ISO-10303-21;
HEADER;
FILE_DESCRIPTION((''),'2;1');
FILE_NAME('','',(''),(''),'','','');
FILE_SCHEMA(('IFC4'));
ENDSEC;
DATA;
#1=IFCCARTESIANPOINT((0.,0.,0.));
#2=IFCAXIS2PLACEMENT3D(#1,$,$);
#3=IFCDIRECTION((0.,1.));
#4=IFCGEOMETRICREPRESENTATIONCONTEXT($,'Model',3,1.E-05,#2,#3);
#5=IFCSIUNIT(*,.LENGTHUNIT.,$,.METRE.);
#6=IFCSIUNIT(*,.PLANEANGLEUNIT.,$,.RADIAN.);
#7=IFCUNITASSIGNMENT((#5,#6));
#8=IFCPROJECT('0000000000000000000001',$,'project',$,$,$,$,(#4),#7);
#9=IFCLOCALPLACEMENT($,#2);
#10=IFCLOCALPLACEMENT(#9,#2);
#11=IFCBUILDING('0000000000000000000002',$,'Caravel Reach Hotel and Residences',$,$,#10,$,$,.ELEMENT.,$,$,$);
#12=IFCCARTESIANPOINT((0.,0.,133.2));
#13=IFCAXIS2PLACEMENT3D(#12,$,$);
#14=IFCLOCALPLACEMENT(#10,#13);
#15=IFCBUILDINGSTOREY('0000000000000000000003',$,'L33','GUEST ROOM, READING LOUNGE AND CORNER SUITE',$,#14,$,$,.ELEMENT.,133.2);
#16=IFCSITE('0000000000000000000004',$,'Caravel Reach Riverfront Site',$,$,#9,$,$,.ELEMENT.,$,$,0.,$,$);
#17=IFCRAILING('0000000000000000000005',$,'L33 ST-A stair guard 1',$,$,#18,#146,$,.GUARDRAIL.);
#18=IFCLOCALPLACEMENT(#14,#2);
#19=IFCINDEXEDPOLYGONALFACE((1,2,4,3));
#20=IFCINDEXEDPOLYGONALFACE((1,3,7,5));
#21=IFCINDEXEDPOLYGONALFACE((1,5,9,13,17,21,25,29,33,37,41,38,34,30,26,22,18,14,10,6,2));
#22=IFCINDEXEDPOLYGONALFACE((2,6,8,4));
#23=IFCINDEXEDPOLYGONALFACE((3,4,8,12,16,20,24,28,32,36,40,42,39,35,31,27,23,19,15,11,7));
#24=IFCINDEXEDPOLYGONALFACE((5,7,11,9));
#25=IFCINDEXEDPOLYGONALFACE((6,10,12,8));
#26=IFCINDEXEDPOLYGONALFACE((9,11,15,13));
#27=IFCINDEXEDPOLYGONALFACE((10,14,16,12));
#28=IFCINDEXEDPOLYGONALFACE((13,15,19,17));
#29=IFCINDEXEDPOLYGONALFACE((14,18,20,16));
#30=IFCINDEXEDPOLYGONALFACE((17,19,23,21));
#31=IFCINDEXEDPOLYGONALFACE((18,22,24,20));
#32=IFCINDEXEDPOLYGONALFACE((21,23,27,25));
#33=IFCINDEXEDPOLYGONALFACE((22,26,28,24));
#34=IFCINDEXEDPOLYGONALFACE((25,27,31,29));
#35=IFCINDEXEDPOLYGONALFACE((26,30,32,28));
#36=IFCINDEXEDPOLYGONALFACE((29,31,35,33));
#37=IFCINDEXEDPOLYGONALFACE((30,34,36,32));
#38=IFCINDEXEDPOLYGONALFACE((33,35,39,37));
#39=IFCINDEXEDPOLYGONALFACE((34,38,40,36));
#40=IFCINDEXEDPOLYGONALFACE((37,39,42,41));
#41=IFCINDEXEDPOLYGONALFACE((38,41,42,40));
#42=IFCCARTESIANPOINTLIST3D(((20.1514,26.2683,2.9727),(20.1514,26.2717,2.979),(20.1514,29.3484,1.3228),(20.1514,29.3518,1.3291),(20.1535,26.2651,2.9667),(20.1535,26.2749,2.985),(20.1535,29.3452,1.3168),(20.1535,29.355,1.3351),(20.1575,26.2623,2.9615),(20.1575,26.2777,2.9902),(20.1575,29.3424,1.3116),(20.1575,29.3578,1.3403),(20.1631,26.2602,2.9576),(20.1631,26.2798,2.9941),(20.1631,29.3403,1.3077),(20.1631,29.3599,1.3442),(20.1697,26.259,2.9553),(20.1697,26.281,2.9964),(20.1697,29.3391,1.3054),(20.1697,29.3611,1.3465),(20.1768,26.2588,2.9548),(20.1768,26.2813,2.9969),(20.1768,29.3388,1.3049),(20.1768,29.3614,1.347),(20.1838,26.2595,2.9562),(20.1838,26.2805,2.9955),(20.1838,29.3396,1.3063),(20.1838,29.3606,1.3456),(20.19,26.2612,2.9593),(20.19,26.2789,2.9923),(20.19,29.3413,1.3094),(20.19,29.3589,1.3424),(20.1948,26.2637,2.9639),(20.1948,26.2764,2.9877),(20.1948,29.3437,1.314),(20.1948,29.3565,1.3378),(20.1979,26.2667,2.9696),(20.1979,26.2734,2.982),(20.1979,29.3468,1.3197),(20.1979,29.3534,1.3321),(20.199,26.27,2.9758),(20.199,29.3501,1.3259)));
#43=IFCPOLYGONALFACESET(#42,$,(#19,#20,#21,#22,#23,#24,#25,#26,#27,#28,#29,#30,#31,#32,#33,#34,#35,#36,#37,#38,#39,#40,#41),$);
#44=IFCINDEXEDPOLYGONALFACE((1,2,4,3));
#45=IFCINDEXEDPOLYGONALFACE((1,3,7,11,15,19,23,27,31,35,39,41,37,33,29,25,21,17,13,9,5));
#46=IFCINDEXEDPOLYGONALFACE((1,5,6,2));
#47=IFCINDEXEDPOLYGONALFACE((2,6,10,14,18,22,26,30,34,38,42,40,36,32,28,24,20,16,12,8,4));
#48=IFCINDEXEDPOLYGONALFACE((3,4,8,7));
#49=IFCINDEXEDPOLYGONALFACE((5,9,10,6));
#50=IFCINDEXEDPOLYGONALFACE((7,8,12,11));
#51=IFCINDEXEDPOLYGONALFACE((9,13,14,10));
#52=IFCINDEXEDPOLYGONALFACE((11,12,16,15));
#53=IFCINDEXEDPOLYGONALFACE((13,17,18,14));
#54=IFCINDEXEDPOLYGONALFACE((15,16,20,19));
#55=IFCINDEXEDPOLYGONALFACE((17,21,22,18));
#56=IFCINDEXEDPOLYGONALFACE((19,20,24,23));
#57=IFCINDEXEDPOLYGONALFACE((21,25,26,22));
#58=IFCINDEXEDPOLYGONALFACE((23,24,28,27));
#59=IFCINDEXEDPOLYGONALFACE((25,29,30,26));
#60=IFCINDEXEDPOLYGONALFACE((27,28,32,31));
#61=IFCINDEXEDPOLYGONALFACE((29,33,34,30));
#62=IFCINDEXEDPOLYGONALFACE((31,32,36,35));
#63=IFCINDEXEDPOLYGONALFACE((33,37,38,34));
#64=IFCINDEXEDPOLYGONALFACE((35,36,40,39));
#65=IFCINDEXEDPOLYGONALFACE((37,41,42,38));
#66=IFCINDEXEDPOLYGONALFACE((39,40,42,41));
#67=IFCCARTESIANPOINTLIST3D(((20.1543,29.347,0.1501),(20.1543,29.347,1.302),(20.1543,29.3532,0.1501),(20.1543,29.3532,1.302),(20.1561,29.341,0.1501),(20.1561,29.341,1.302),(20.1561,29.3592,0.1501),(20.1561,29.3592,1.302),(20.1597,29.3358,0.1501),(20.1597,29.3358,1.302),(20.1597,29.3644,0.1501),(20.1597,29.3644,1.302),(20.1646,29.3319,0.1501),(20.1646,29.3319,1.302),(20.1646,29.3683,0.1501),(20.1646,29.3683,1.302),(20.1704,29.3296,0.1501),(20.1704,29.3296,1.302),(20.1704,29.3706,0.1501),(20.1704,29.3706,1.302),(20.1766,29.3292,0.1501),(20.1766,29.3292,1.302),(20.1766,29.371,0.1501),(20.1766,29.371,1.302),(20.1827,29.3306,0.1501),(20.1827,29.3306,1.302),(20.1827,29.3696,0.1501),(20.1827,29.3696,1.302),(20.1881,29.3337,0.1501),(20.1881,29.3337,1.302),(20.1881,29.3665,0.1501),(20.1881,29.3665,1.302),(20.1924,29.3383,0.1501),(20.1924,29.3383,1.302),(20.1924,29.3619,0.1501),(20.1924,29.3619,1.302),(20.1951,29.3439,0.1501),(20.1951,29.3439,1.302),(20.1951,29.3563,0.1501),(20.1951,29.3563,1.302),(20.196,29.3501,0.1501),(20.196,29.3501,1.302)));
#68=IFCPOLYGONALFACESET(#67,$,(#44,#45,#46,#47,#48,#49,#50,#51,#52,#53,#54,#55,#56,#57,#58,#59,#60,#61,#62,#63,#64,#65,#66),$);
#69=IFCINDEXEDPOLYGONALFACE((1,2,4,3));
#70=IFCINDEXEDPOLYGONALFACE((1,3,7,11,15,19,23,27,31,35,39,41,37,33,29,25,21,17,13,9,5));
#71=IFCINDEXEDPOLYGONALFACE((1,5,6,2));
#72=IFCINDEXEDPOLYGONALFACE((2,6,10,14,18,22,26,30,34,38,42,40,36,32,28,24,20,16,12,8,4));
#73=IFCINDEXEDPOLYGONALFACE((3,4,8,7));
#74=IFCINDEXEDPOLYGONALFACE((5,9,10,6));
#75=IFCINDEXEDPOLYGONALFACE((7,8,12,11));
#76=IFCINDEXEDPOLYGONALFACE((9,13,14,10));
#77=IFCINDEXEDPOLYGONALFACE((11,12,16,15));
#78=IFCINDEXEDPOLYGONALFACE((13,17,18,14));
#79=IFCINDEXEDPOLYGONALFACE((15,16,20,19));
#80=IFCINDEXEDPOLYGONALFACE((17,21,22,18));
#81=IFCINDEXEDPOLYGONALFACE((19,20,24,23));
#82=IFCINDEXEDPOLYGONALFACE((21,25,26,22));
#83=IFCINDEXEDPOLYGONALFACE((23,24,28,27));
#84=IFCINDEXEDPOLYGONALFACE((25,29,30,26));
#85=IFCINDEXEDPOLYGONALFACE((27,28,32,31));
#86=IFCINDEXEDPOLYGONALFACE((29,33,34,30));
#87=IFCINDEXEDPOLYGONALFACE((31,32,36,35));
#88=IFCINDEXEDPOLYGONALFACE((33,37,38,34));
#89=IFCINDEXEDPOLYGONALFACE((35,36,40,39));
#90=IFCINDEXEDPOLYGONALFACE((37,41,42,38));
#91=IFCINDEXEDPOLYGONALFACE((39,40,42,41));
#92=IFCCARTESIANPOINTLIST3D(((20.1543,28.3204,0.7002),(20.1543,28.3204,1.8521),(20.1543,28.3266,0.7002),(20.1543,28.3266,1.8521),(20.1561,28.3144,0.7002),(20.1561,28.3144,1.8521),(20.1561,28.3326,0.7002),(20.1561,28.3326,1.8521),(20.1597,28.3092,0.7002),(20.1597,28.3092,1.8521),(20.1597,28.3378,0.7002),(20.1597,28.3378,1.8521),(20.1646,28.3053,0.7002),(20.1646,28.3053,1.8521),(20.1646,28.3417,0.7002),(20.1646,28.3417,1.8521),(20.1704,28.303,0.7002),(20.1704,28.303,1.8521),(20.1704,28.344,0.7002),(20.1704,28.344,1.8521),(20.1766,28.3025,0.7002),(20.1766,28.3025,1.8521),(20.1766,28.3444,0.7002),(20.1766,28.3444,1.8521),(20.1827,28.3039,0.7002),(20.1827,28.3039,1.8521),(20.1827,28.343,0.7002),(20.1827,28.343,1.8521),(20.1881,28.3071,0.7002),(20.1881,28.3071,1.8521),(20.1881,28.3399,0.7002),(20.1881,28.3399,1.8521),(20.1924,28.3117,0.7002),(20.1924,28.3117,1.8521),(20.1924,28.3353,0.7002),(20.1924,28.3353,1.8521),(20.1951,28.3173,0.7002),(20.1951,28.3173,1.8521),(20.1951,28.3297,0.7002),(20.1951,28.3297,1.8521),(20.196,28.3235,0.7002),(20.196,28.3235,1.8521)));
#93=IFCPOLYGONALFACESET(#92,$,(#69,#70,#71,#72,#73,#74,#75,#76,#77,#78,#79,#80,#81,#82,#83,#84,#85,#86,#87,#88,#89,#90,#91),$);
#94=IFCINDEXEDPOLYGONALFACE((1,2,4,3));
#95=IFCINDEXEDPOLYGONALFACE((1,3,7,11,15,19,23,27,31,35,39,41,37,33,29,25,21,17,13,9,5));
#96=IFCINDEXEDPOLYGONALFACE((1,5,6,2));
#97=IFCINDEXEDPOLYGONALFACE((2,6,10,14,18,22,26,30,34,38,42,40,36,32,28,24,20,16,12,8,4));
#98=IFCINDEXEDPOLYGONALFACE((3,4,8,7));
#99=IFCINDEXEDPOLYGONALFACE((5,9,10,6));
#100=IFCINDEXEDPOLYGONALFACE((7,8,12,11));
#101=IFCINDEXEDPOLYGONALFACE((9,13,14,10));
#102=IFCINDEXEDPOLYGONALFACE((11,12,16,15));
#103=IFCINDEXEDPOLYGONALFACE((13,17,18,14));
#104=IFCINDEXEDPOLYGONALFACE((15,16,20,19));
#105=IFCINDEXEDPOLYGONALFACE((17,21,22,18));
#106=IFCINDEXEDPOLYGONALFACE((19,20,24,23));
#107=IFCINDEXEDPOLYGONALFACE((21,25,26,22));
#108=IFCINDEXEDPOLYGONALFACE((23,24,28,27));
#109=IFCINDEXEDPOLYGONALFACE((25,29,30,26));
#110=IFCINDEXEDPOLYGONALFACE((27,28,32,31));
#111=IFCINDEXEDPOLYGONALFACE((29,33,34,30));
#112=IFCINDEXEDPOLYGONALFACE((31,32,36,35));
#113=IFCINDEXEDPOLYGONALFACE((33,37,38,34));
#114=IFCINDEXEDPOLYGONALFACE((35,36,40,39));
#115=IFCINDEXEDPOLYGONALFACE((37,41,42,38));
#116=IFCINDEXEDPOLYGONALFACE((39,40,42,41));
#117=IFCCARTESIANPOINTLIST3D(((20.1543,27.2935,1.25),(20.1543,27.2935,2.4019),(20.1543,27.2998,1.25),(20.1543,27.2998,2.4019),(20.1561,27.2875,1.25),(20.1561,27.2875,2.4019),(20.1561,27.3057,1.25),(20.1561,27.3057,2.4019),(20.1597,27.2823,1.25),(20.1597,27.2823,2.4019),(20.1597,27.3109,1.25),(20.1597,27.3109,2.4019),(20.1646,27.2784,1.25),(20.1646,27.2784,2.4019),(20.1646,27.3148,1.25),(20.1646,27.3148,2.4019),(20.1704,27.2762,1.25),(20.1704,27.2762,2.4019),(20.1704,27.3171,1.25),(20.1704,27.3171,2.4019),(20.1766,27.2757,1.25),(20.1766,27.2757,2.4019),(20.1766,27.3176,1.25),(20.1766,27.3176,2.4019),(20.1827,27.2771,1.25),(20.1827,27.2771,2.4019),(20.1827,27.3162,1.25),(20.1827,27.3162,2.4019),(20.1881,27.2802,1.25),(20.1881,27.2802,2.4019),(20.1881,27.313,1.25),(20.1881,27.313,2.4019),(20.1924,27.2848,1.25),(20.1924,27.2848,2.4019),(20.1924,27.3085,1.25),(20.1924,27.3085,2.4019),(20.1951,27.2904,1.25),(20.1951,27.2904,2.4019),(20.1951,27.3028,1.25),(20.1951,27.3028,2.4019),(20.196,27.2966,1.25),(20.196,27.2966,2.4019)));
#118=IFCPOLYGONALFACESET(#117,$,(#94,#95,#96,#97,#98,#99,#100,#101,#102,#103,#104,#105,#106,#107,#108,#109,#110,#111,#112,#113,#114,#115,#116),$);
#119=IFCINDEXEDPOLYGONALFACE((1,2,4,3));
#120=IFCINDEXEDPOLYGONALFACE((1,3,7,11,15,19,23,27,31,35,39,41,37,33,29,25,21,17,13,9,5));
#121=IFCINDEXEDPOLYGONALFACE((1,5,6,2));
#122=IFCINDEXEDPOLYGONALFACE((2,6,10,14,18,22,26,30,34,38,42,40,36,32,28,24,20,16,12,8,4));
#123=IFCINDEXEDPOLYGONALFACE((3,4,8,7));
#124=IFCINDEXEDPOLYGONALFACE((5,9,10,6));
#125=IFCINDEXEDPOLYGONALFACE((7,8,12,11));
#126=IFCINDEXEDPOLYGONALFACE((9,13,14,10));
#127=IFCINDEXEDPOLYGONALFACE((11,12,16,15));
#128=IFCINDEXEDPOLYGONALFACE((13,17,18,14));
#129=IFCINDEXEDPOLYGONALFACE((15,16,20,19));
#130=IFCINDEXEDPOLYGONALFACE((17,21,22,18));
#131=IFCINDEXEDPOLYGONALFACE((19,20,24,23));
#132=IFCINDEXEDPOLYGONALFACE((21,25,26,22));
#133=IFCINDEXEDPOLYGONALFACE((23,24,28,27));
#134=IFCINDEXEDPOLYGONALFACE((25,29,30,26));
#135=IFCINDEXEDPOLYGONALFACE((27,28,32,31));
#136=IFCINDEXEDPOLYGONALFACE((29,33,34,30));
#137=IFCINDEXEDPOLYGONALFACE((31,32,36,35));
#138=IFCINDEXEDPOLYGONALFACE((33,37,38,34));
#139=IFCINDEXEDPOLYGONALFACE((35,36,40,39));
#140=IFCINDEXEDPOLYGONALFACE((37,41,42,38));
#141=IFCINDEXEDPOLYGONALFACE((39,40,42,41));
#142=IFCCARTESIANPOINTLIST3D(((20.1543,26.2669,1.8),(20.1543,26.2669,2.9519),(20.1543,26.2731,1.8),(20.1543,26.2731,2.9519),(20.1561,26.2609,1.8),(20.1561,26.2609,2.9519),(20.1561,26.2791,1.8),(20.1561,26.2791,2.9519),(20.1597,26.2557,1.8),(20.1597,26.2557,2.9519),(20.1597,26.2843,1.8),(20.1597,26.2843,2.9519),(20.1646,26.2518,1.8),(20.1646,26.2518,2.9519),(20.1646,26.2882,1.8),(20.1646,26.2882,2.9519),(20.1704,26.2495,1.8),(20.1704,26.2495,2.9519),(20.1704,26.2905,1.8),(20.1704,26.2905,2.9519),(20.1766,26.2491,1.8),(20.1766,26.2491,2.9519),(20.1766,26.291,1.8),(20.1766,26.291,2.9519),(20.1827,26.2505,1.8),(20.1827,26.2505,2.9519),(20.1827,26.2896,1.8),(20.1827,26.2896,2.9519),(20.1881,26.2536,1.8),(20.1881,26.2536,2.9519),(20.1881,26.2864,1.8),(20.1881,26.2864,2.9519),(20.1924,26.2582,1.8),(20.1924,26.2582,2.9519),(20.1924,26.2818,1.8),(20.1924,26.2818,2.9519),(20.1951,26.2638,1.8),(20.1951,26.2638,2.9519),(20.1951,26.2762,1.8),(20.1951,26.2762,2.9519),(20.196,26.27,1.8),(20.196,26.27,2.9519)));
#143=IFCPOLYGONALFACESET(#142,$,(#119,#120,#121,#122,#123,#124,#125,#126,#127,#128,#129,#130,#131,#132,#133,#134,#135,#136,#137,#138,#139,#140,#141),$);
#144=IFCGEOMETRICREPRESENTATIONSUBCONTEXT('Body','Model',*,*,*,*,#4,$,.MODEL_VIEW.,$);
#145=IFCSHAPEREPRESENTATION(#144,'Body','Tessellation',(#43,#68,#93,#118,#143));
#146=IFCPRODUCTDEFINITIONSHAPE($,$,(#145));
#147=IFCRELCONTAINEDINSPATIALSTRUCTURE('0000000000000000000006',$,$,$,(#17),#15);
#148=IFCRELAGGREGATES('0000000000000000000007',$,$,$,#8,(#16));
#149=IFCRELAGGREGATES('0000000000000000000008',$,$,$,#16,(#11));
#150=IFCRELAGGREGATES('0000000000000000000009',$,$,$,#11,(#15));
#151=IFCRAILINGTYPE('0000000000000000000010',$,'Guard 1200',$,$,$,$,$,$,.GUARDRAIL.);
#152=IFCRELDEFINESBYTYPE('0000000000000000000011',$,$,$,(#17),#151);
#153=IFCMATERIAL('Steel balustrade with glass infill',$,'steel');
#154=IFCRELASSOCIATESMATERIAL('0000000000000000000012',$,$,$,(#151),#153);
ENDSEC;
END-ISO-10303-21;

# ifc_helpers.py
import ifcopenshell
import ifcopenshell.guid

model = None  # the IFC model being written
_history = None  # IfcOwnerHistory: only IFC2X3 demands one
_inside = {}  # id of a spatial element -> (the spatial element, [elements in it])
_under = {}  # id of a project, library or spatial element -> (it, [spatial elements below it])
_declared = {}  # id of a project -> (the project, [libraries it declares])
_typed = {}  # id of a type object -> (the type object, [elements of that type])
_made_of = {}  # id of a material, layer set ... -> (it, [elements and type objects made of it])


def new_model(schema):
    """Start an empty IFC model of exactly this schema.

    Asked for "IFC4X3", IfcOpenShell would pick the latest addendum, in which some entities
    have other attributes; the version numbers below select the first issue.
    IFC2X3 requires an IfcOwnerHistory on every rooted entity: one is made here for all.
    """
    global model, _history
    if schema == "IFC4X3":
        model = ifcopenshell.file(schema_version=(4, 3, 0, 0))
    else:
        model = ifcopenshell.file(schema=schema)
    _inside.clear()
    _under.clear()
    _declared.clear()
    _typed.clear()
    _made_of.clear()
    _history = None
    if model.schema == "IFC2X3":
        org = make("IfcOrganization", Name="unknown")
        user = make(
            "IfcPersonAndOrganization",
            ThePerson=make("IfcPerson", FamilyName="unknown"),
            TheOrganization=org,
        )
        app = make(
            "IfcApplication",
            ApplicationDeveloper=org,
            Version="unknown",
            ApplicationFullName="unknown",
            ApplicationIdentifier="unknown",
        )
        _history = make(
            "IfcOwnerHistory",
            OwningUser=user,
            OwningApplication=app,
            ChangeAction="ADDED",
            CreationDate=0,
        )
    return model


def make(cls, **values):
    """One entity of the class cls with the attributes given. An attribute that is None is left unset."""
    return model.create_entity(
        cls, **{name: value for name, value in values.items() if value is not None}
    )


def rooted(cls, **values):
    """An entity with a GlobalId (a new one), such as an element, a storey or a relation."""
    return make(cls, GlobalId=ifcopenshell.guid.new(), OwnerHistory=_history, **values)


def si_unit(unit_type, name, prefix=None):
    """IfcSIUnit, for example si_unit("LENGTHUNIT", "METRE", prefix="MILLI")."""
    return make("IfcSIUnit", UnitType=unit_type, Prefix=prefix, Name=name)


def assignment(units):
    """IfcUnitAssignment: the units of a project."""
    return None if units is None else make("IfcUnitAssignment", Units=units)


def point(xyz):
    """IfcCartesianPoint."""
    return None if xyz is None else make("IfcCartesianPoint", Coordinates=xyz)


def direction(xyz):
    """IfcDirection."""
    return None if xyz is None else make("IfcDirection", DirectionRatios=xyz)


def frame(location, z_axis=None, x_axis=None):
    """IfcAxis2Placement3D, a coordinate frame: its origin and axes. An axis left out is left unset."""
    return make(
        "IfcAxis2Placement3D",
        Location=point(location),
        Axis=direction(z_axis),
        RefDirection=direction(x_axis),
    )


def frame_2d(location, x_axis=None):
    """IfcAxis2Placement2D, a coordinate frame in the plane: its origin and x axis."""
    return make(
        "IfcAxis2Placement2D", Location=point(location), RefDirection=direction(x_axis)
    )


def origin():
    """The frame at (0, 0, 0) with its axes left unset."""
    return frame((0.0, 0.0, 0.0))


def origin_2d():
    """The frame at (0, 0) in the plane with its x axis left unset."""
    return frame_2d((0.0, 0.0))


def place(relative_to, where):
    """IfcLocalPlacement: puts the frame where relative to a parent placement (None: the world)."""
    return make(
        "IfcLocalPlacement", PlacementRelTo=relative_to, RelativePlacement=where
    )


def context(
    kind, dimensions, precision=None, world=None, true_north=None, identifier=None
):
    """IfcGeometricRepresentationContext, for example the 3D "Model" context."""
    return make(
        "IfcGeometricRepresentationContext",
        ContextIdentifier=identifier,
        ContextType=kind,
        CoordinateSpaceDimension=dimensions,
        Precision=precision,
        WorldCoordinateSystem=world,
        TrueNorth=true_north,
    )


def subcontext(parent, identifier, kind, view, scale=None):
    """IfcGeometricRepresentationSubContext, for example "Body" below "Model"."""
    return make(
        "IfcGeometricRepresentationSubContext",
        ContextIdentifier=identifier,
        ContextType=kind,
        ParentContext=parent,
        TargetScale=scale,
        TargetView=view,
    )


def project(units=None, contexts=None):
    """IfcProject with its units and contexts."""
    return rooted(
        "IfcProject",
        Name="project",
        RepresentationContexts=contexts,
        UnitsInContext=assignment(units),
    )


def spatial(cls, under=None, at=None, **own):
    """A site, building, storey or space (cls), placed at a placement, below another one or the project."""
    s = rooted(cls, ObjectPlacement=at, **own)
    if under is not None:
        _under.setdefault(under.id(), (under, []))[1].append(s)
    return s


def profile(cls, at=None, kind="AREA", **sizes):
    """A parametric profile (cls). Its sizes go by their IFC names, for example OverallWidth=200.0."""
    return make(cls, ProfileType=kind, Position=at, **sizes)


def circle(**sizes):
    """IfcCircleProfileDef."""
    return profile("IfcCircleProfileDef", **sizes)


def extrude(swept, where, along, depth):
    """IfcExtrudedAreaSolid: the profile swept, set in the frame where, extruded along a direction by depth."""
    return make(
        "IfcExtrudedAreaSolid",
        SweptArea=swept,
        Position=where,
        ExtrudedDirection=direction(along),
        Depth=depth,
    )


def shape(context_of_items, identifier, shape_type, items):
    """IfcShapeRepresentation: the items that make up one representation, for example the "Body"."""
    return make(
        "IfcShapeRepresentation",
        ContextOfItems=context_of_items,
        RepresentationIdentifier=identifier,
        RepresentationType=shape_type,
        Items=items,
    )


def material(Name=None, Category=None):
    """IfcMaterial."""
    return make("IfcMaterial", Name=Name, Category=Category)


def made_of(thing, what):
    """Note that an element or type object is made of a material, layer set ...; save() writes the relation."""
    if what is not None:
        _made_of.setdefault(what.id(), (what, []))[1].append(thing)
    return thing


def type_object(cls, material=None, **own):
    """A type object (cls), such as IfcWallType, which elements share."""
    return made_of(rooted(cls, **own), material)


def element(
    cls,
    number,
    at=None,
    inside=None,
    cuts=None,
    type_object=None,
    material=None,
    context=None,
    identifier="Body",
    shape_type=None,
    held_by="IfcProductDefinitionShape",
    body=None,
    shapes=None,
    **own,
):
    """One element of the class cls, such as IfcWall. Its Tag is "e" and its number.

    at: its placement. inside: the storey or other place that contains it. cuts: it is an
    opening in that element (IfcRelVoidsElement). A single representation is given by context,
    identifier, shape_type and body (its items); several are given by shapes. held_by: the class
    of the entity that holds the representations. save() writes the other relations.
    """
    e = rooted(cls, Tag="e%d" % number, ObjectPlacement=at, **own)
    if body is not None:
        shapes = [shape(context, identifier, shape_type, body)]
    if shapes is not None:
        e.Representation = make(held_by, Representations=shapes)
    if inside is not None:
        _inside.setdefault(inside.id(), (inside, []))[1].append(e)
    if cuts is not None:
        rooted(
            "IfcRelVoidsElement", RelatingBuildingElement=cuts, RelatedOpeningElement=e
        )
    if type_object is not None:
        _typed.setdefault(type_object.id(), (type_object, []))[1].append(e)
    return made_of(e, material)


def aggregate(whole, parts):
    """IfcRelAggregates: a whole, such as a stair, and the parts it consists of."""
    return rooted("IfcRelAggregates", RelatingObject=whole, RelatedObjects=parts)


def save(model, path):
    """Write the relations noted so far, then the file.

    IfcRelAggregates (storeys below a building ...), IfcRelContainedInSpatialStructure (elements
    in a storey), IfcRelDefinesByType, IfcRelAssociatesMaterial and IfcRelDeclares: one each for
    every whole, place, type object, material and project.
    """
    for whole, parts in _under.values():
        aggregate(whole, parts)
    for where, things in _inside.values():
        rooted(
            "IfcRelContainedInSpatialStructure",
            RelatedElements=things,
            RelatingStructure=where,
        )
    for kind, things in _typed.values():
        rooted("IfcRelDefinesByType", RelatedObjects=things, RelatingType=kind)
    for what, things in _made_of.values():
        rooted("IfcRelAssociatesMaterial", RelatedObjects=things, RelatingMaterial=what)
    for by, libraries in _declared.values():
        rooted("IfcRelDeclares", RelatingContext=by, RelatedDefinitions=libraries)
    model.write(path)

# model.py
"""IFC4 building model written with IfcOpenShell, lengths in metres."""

from ifc_helpers import new_model, si_unit, direction, frame, origin, origin_2d, place, context, subcontext, project, spatial, circle, extrude, material, type_object, element, save


model = new_model("IFC4")

# Units and contexts
model_context = context("Model", 3, precision=1e-05, world=origin(), true_north=direction((0.0, 1.0)))
body_context = subcontext(model_context, "Body", "Model", "MODEL_VIEW")
ifc_project = project(units=[si_unit("LENGTHUNIT", "METRE"), si_unit("PLANEANGLEUNIT", "RADIAN")], contexts=[model_context])

# Site, building, storey
site_placement = place(None, origin())
site = spatial("IfcSite", under=ifc_project, at=site_placement, Name="Caravel Reach Riverfront Site", CompositionType="ELEMENT", RefElevation=0.0)
building_placement = place(site_placement, origin())
building = spatial("IfcBuilding", under=site, at=building_placement, Name="Caravel Reach Hotel and Residences", CompositionType="ELEMENT")
storey_placement = place(building_placement, frame((0.0, 0.0, 133.2)))
storey = spatial("IfcBuildingStorey", under=building, at=storey_placement, Name="L33", Description="GUEST ROOM, READING LOUNGE AND CORNER SUITE", CompositionType="ELEMENT", Elevation=133.2)

# Railing
ifc_material_1 = material(Name="Steel balustrade with glass infill", Category="steel")
railing_type_1 = type_object("IfcRailingType", Name="Guard 1200", PredefinedType="GUARDRAIL", material=ifc_material_1)
railing_1_placement = place(storey_placement, frame((20.175, 29.3501, 0.1501)))
element("IfcRailing", 1, at=railing_1_placement, inside=storey, type_object=railing_type_1, Name="L33 ST-A stair guard 1", PredefinedType="GUARDRAIL", context=body_context, shape_type="SweptSolid", body=[
    extrude(circle(Radius=0.0239, at=origin_2d()), frame((0.0, 0.0, 1.1758), z_axis=(0.0, -0.881497, 0.47219), x_axis=(1.0, 0.0, 0.0)), (0.0, 0.0, 1.0), 3.4941),
    extrude(circle(Radius=0.021, at=origin_2d()), origin(), (0.0, 0.0, 1.0), 1.1519),
    extrude(circle(Radius=0.021, at=origin_2d()), frame((0.0, -1.0266, 0.55)), (0.0, 0.0, 1.0), 1.1519),
    extrude(circle(Radius=0.021, at=origin_2d()), frame((0.0, -2.0535, 1.0999)), (0.0, 0.0, 1.0), 1.1519),
    extrude(circle(Radius=0.021, at=origin_2d()), frame((0.0, -3.0801, 1.6499)), (0.0, 0.0, 1.0), 1.1519),
])

save(model, "model.ifc")
